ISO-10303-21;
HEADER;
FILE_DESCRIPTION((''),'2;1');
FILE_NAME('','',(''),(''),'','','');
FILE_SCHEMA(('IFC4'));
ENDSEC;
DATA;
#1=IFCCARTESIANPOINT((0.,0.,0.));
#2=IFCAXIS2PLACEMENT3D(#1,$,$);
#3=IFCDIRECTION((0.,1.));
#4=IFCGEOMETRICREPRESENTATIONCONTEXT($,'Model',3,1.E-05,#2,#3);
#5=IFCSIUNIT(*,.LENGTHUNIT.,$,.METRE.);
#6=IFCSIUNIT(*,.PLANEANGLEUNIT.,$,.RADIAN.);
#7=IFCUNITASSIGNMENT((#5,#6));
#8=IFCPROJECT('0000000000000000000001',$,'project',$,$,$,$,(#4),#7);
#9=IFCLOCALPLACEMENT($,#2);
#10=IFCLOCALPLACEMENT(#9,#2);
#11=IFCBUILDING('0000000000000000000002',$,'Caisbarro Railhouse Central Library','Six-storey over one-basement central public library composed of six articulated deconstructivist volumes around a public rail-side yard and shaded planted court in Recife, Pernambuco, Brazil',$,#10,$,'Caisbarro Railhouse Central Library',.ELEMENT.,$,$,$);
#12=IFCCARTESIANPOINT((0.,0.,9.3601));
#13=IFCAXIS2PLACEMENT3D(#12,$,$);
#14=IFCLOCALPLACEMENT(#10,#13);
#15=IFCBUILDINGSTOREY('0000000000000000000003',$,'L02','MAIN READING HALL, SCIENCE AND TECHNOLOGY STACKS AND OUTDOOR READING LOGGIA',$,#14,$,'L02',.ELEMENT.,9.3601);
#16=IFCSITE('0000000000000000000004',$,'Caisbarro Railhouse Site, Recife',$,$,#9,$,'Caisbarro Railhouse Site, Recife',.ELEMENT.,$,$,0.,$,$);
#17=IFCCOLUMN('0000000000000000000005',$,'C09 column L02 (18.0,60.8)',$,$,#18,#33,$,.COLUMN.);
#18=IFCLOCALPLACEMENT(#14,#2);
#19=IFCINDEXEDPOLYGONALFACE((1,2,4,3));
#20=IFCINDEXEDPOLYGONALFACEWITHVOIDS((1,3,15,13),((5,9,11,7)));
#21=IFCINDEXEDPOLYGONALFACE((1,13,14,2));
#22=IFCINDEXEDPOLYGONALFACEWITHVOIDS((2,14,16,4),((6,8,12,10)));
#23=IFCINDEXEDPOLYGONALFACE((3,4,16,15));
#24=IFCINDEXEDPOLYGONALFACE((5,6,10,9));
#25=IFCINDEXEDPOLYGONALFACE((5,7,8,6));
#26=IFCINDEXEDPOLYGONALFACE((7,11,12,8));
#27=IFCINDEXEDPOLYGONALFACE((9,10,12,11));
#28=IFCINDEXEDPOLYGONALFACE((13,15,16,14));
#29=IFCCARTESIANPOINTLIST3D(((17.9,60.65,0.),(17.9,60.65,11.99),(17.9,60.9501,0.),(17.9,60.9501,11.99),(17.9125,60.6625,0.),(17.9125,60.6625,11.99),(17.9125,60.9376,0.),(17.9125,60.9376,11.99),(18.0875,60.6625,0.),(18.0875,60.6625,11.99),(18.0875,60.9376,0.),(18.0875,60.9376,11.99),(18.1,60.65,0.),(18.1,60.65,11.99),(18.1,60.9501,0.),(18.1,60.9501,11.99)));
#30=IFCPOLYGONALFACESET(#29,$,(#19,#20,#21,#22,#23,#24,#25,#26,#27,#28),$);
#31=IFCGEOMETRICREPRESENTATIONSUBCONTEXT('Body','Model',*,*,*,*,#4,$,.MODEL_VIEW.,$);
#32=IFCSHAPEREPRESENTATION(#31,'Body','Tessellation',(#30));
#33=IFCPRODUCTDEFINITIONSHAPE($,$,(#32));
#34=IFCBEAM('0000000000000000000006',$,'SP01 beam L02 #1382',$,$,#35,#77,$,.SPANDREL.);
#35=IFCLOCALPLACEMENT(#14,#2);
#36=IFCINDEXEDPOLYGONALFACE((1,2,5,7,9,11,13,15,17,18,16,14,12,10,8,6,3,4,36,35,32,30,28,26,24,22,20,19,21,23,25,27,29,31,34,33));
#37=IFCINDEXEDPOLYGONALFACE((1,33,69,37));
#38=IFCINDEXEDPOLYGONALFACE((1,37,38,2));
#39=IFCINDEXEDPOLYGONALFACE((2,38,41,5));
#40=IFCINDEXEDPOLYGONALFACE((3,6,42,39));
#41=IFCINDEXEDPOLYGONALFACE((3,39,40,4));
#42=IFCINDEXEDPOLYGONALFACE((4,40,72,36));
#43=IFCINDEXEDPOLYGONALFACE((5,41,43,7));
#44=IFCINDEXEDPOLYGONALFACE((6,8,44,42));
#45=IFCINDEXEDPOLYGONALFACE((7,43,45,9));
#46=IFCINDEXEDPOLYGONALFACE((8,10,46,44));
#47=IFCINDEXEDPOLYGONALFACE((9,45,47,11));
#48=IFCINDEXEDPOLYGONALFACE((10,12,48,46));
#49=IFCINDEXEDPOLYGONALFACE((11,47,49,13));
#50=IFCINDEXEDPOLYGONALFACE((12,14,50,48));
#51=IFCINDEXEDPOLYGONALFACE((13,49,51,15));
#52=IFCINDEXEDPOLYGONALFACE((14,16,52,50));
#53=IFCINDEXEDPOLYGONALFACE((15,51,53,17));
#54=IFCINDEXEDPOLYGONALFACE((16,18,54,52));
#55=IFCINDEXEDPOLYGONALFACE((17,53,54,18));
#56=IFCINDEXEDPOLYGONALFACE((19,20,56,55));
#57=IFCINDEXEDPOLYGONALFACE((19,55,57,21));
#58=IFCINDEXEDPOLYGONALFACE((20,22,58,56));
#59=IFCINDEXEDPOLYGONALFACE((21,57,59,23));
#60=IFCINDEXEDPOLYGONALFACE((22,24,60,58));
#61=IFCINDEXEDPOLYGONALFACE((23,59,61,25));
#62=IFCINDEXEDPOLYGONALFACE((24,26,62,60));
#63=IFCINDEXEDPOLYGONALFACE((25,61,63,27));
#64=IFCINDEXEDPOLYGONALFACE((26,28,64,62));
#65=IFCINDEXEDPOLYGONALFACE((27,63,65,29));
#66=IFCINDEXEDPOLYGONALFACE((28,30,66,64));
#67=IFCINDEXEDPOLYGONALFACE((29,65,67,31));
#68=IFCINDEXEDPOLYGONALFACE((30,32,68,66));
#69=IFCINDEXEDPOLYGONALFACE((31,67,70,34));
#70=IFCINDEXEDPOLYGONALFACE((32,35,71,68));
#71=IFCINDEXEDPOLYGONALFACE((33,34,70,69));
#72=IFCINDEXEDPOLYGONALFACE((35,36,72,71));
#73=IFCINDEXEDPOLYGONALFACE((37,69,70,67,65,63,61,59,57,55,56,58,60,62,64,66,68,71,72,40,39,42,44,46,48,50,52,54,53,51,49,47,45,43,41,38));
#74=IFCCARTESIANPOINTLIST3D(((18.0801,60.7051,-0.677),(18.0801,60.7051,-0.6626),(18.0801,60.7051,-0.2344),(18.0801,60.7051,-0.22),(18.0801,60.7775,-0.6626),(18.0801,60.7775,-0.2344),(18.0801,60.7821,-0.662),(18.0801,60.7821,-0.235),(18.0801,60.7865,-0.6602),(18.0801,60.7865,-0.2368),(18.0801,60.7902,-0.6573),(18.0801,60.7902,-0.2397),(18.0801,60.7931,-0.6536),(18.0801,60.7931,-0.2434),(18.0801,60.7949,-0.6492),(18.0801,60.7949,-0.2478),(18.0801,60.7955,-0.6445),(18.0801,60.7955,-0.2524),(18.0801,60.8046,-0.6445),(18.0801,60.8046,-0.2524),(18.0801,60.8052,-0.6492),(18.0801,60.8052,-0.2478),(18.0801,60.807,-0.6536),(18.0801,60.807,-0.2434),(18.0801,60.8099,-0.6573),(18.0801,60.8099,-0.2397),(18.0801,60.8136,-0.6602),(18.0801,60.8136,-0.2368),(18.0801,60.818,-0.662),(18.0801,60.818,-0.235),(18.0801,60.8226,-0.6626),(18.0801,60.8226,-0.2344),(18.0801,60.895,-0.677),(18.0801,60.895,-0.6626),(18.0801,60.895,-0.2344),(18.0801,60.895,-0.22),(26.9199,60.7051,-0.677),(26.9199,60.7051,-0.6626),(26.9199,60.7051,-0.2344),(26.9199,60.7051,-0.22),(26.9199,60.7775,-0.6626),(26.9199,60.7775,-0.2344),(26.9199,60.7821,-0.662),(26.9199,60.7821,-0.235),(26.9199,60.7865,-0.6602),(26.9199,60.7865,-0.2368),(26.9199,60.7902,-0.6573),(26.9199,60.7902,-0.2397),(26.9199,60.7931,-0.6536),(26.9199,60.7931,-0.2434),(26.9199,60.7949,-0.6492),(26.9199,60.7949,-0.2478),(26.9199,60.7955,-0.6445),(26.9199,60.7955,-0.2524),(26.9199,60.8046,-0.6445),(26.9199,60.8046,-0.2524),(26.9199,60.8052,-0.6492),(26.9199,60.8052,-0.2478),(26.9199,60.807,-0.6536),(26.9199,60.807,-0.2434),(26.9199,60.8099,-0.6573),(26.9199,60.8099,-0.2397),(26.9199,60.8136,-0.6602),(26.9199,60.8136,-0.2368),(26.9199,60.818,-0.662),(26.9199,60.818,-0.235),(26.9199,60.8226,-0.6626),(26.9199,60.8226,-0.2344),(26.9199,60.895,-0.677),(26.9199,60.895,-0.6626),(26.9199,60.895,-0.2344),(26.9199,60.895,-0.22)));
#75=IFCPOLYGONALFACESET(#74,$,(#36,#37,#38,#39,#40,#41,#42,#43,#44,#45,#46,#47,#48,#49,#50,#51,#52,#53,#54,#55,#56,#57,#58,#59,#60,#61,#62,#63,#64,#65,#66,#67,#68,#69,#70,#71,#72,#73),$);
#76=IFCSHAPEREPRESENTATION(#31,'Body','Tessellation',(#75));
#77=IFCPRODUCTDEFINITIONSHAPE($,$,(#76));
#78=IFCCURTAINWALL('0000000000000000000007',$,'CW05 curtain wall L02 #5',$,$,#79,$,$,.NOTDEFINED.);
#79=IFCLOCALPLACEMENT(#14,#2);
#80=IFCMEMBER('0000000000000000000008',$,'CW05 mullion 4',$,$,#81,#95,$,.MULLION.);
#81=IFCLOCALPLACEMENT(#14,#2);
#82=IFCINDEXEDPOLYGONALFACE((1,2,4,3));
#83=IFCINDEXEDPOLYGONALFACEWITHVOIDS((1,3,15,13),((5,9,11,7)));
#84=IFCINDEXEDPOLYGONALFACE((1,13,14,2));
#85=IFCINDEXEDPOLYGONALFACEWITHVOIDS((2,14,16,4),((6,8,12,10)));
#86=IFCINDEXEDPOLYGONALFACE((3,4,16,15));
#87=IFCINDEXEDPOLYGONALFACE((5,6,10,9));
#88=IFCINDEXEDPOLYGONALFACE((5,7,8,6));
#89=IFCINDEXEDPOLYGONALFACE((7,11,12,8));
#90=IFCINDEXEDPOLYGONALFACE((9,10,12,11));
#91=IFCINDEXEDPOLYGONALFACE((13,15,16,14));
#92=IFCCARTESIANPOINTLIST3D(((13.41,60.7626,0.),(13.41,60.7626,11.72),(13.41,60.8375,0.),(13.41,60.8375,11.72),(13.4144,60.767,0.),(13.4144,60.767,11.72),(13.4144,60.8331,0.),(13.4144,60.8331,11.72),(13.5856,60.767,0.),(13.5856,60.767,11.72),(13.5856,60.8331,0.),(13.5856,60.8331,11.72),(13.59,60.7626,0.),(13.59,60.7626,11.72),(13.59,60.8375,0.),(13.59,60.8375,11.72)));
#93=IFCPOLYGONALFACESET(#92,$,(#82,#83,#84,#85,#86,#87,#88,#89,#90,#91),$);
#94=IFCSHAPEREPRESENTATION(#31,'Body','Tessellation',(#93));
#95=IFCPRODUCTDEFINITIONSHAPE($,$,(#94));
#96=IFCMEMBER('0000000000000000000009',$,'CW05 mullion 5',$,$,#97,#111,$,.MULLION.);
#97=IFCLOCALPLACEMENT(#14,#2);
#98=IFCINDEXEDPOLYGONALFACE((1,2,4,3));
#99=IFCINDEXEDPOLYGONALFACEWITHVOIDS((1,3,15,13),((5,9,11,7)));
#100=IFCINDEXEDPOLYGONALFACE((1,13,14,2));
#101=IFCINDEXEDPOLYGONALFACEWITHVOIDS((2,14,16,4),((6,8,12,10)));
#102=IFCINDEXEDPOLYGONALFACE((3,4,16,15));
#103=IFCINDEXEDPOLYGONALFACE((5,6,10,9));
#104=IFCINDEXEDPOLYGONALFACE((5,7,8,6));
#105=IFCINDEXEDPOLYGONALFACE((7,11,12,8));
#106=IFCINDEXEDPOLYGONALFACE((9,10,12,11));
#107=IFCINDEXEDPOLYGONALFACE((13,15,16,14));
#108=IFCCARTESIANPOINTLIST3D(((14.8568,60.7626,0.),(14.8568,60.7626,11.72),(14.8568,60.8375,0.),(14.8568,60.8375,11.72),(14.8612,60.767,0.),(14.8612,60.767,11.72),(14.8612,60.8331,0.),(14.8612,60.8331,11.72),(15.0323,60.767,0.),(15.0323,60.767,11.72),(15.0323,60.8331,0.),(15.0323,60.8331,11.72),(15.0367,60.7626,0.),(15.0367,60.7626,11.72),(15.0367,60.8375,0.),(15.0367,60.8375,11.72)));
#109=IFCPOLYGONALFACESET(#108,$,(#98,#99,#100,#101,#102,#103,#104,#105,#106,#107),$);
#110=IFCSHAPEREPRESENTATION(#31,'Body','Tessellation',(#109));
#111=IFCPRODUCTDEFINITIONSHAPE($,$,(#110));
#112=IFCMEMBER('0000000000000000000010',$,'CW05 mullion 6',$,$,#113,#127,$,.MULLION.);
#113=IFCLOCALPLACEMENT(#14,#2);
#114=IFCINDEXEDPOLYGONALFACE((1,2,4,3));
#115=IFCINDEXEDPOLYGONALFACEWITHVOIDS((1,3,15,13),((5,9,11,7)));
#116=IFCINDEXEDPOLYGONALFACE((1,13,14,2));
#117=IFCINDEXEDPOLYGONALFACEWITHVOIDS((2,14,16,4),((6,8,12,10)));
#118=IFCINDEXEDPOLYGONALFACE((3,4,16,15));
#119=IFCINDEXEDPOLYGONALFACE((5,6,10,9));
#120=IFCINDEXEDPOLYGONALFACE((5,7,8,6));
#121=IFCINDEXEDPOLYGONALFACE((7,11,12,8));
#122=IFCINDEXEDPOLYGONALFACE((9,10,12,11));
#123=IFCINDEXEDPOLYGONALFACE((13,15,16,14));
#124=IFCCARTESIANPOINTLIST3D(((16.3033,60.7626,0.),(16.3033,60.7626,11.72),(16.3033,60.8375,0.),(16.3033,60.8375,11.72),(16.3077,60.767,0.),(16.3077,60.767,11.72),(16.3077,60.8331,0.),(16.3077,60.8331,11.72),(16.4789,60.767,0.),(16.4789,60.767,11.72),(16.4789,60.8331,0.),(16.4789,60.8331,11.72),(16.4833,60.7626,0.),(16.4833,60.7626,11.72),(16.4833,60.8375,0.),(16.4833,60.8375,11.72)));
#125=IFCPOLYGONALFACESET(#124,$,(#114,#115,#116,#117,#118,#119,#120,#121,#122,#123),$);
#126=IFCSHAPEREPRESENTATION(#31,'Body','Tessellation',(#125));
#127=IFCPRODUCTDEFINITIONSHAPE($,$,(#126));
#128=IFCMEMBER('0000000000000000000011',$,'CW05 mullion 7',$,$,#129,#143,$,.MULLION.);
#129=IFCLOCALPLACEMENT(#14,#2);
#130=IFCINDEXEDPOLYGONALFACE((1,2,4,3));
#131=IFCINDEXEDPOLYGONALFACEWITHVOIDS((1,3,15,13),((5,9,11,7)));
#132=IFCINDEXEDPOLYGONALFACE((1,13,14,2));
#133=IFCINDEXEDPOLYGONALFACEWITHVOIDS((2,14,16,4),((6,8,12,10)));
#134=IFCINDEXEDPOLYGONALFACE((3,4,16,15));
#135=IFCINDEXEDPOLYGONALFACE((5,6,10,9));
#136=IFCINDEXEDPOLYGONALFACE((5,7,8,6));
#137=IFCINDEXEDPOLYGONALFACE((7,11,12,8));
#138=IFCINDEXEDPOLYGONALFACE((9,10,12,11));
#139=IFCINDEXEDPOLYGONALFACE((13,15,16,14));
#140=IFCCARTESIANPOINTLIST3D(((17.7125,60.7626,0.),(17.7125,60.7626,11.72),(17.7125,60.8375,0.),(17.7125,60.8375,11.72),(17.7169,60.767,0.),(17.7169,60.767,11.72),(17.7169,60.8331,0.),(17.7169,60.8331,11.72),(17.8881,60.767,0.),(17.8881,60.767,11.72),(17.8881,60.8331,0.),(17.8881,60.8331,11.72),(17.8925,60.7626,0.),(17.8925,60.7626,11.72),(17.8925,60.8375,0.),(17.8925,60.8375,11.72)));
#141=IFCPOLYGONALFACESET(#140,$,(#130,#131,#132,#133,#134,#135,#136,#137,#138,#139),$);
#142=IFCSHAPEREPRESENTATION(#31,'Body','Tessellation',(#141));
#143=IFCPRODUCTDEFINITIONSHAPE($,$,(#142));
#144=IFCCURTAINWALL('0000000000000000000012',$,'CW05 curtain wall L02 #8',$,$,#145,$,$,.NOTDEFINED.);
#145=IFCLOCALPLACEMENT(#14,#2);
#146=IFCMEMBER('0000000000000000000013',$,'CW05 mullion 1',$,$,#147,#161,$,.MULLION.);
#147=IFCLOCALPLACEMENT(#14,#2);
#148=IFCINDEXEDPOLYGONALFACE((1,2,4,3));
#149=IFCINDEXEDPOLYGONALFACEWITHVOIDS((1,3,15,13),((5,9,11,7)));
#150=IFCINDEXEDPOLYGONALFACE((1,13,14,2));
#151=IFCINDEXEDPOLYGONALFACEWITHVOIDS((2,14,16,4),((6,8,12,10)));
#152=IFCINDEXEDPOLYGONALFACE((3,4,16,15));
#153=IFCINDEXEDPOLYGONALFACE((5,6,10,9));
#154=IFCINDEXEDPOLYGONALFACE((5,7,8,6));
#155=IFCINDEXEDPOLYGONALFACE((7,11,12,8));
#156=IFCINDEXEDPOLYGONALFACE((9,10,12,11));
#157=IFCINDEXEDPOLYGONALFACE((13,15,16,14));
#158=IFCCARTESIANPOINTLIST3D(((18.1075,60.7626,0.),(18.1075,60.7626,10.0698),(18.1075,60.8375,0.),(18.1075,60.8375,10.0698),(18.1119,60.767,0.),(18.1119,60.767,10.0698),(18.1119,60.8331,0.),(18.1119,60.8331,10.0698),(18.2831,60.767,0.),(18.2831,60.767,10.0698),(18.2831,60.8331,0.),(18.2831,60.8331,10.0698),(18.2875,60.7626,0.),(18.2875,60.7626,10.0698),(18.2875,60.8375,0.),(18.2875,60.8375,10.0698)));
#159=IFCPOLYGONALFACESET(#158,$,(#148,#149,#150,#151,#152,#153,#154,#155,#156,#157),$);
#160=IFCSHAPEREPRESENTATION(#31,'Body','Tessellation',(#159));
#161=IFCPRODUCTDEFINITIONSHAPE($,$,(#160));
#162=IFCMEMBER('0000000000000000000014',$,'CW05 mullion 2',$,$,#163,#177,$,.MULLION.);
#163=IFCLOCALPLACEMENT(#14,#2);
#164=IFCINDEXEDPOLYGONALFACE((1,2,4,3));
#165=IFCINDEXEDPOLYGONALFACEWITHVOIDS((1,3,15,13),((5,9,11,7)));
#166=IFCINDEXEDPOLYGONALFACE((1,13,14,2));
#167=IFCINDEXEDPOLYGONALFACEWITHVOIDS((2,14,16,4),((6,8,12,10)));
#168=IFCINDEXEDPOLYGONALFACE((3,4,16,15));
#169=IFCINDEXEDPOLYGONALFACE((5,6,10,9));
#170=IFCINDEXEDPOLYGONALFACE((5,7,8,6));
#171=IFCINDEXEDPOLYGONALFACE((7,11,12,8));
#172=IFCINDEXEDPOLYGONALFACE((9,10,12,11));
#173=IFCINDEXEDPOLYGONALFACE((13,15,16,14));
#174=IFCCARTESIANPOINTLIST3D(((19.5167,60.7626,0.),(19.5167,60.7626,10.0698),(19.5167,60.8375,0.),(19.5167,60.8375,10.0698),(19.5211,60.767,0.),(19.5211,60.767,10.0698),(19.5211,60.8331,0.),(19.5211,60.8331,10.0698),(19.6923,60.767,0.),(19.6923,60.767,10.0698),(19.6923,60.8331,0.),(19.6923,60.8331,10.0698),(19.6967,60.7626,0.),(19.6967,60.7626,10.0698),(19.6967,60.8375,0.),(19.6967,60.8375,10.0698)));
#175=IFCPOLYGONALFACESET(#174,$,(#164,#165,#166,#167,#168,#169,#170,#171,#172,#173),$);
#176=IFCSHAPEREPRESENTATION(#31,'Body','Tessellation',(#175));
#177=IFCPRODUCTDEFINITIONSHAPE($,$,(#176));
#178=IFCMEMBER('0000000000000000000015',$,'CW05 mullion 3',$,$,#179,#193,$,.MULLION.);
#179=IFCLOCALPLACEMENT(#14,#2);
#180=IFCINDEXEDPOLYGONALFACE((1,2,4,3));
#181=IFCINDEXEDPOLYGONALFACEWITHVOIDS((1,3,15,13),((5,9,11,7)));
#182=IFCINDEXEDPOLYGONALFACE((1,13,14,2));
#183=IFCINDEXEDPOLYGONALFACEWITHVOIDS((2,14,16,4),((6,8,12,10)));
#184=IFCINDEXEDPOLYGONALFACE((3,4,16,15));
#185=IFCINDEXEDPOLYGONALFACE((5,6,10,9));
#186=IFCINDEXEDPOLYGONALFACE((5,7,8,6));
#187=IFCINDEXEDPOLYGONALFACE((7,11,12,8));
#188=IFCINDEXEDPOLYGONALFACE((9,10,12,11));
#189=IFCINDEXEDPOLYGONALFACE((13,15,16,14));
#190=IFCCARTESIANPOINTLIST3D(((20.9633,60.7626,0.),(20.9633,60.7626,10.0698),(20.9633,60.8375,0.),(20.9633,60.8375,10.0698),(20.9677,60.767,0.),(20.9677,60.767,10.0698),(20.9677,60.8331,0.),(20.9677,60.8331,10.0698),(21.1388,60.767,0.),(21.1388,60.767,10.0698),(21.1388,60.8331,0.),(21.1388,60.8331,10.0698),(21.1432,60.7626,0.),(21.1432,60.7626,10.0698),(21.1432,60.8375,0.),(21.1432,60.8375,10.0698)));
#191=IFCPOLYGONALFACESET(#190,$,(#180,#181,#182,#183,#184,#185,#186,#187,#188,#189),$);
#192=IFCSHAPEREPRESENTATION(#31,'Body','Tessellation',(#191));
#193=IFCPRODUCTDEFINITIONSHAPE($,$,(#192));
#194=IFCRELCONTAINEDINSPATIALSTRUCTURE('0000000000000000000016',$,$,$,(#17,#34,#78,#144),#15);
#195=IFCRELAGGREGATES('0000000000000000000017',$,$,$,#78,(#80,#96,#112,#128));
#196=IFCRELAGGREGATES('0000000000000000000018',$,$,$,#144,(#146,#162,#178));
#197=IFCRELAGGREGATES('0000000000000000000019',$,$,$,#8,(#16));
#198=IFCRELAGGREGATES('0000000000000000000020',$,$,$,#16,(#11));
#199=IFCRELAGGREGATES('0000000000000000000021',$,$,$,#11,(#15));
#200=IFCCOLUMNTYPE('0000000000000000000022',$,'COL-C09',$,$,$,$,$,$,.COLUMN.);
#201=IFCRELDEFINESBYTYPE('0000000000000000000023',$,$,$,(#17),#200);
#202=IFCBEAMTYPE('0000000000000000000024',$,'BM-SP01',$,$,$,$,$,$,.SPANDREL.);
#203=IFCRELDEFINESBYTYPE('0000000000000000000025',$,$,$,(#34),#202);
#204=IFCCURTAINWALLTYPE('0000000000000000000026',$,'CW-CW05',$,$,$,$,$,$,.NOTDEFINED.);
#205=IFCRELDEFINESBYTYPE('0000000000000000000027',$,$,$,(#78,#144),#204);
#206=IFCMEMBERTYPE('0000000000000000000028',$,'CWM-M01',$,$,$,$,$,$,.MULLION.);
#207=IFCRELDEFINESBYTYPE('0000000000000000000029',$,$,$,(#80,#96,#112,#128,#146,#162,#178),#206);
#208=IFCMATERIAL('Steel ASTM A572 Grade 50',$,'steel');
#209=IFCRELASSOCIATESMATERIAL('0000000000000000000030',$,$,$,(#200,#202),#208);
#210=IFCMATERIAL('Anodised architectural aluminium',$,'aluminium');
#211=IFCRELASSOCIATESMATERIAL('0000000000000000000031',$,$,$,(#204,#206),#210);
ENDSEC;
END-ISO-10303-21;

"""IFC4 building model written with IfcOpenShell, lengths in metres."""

from ifc_helpers import new_model, si_unit, direction, frame, origin, origin_2d, place, context, subcontext, project, spatial, hollow_rectangle, i_section, extrude, material, material_profile, profile_set, type_object, element, aggregate, save


model = new_model("IFC4")

# Units and contexts
model_context = context("Model", 3, precision=1e-05, world=origin(), true_north=direction((0.0, 1.0)))
body_context = subcontext(model_context, "Body", "Model", "MODEL_VIEW")
ifc_project = project(units=[si_unit("LENGTHUNIT", "METRE"), si_unit("PLANEANGLEUNIT", "RADIAN")], contexts=[model_context])

# Site, building, storey
site_placement = place(None, origin())
site = spatial("IfcSite", under=ifc_project, at=site_placement, Name="Caisbarro Railhouse Site, Recife", LongName="Caisbarro Railhouse Site, Recife", CompositionType="ELEMENT", RefElevation=0.0)
building_placement = place(site_placement, origin())
building = spatial("IfcBuilding", under=site, at=building_placement, Name="Caisbarro Railhouse Central Library", Description="Six-storey over one-basement central public library composed of six articulated deconstructivist volumes around a public rail-side yard and shaded planted court in Recife, Pernambuco, Brazil", LongName="Caisbarro Railhouse Central Library", CompositionType="ELEMENT")
storey_placement = place(building_placement, frame((0.0, 0.0, 9.3601)))
storey = spatial("IfcBuildingStorey", under=building, at=storey_placement, Name="L02", Description="MAIN READING HALL, SCIENCE AND TECHNOLOGY STACKS AND OUTDOOR READING LOGGIA", LongName="L02", CompositionType="ELEMENT", Elevation=9.3601)

# Column
ifc_material_1 = material(Name="Steel ASTM A572 Grade 50", Category="steel")
ifc_material_profile_1 = material_profile(ifc_material_1, hollow_rectangle(XDim=0.2, YDim=0.3, WallThickness=0.0125, at=origin_2d()), Name="HSS300X200X12.5")
ifc_profile_set_1 = profile_set([ifc_material_profile_1], Name="Steel ASTM A572 Grade 50")
column_type = type_object("IfcColumnType", Name="COL-C09", PredefinedType="COLUMN", material=ifc_profile_set_1)
column_placement = place(storey_placement, frame((18.0, 60.8, 0.0), z_axis=(0.0, 0.0, 1.0), x_axis=(1.0, 0.0, 0.0)))
element("IfcColumn", 1, at=column_placement, inside=storey, type_object=column_type, Name="C09 column L02 (18.0,60.8)", PredefinedType="COLUMN", context=body_context, shape_type="SweptSolid", body=[
    extrude(hollow_rectangle(XDim=0.2, YDim=0.3, WallThickness=0.0125, at=origin_2d()), origin(), (0.0, 0.0, 1.0), 11.99),
])

# Beam
ifc_material_profile_2 = material_profile(ifc_material_1, i_section(OverallWidth=0.1899, OverallDepth=0.457, WebThickness=0.009, FlangeThickness=0.0144, FilletRadius=0.0181, at=origin_2d()), Name="W460X74.0")
ifc_profile_set_2 = profile_set([ifc_material_profile_2], Name="Steel ASTM A572 Grade 50")
beam_type = type_object("IfcBeamType", Name="BM-SP01", PredefinedType="SPANDREL", material=ifc_profile_set_2)
beam_placement = place(storey_placement, frame((18.0801, 60.8, -0.4485), z_axis=(1.0, 0.0, 0.0), x_axis=(0.0, 1.0, 0.0)))
element("IfcBeam", 2, at=beam_placement, inside=storey, type_object=beam_type, Name="SP01 beam L02 #1382", PredefinedType="SPANDREL", context=body_context, shape_type="SweptSolid", body=[
    extrude(i_section(OverallWidth=0.1899, OverallDepth=0.457, WebThickness=0.009, FlangeThickness=0.0144, FilletRadius=0.0181, at=origin_2d()), origin(), (0.0, 0.0, 1.0), 8.8398),
])

# Curtain walls, members
ifc_material_2 = material(Name="Anodised architectural aluminium", Category="aluminium")
curtain_wall_type = type_object("IfcCurtainWallType", Name="CW-CW05", PredefinedType="NOTDEFINED", material=ifc_material_2)
curtain_wall_1_placement = place(storey_placement, origin())
curtain_wall_1 = element("IfcCurtainWall", 3, at=curtain_wall_1_placement, inside=storey, type_object=curtain_wall_type, Name="CW05 curtain wall L02 #5", PredefinedType="NOTDEFINED")
ifc_material_profile_3 = material_profile(ifc_material_2, hollow_rectangle(XDim=0.075, YDim=0.1799, WallThickness=0.0044, at=origin_2d()), Name="ALU-MUL-75X180")
ifc_profile_set_3 = profile_set([ifc_material_profile_3], Name="Anodised architectural aluminium")
member_type_1 = type_object("IfcMemberType", Name="CWM-M01", PredefinedType="MULLION", material=ifc_profile_set_3)
member_1_placement = place(storey_placement, frame((13.5, 60.8, 0.0), z_axis=(0.0, 0.0, 1.0), x_axis=(0.0, 1.0, 0.0)))
member_1 = element("IfcMember", 4, at=member_1_placement, type_object=member_type_1, Name="CW05 mullion 4", PredefinedType="MULLION", context=body_context, shape_type="SweptSolid", body=[
    extrude(hollow_rectangle(XDim=0.075, YDim=0.1799, WallThickness=0.0044, at=origin_2d()), origin(), (0.0, 0.0, 1.0), 11.72),
])
member_2_placement = place(storey_placement, frame((14.9468, 60.8, 0.0), z_axis=(0.0, 0.0, 1.0), x_axis=(0.0, 1.0, 0.0)))
member_2 = element("IfcMember", 5, at=member_2_placement, type_object=member_type_1, Name="CW05 mullion 5", PredefinedType="MULLION", context=body_context, shape_type="SweptSolid", body=[
    extrude(hollow_rectangle(XDim=0.075, YDim=0.1799, WallThickness=0.0044, at=origin_2d()), origin(), (0.0, 0.0, 1.0), 11.72),
])
member_3_placement = place(storey_placement, frame((16.3933, 60.8, 0.0), z_axis=(0.0, 0.0, 1.0), x_axis=(0.0, 1.0, 0.0)))
member_3 = element("IfcMember", 6, at=member_3_placement, type_object=member_type_1, Name="CW05 mullion 6", PredefinedType="MULLION", context=body_context, shape_type="SweptSolid", body=[
    extrude(hollow_rectangle(XDim=0.075, YDim=0.1799, WallThickness=0.0044, at=origin_2d()), origin(), (0.0, 0.0, 1.0), 11.72),
])
member_4_placement = place(storey_placement, frame((17.8025, 60.8, 0.0), z_axis=(0.0, 0.0, 1.0), x_axis=(0.0, 1.0, 0.0)))
member_4 = element("IfcMember", 7, at=member_4_placement, type_object=member_type_1, Name="CW05 mullion 7", PredefinedType="MULLION", context=body_context, shape_type="SweptSolid", body=[
    extrude(hollow_rectangle(XDim=0.075, YDim=0.1799, WallThickness=0.0044, at=origin_2d()), origin(), (0.0, 0.0, 1.0), 11.72),
])
curtain_wall_2_placement = place(storey_placement, origin())
curtain_wall_2 = element("IfcCurtainWall", 8, at=curtain_wall_2_placement, inside=storey, type_object=curtain_wall_type, Name="CW05 curtain wall L02 #8", PredefinedType="NOTDEFINED")
member_5_placement = place(storey_placement, frame((18.1975, 60.8, 0.0), z_axis=(0.0, 0.0, 1.0), x_axis=(0.0, 1.0, 0.0)))
member_5 = element("IfcMember", 9, at=member_5_placement, type_object=member_type_1, Name="CW05 mullion 1", PredefinedType="MULLION", context=body_context, shape_type="SweptSolid", body=[
    extrude(hollow_rectangle(XDim=0.075, YDim=0.1799, WallThickness=0.0044, at=origin_2d()), origin(), (0.0, 0.0, 1.0), 10.0698),
])
member_6_placement = place(storey_placement, frame((19.6067, 60.8, 0.0), z_axis=(0.0, 0.0, 1.0), x_axis=(0.0, 1.0, 0.0)))
member_6 = element("IfcMember", 10, at=member_6_placement, type_object=member_type_1, Name="CW05 mullion 2", PredefinedType="MULLION", context=body_context, shape_type="SweptSolid", body=[
    extrude(hollow_rectangle(XDim=0.075, YDim=0.1799, WallThickness=0.0044, at=origin_2d()), origin(), (0.0, 0.0, 1.0), 10.0698),
])
member_7_placement = place(storey_placement, frame((21.0532, 60.8, 0.0), z_axis=(0.0, 0.0, 1.0), x_axis=(0.0, 1.0, 0.0)))
member_7 = element("IfcMember", 11, at=member_7_placement, type_object=member_type_1, Name="CW05 mullion 3", PredefinedType="MULLION", context=body_context, shape_type="SweptSolid", body=[
    extrude(hollow_rectangle(XDim=0.075, YDim=0.1799, WallThickness=0.0044, at=origin_2d()), origin(), (0.0, 0.0, 1.0), 10.0698),
])

aggregate(curtain_wall_1, [member_1, member_2, member_3, member_4])
aggregate(curtain_wall_2, [member_5, member_6, member_7])

save(model, "model.ifc")
